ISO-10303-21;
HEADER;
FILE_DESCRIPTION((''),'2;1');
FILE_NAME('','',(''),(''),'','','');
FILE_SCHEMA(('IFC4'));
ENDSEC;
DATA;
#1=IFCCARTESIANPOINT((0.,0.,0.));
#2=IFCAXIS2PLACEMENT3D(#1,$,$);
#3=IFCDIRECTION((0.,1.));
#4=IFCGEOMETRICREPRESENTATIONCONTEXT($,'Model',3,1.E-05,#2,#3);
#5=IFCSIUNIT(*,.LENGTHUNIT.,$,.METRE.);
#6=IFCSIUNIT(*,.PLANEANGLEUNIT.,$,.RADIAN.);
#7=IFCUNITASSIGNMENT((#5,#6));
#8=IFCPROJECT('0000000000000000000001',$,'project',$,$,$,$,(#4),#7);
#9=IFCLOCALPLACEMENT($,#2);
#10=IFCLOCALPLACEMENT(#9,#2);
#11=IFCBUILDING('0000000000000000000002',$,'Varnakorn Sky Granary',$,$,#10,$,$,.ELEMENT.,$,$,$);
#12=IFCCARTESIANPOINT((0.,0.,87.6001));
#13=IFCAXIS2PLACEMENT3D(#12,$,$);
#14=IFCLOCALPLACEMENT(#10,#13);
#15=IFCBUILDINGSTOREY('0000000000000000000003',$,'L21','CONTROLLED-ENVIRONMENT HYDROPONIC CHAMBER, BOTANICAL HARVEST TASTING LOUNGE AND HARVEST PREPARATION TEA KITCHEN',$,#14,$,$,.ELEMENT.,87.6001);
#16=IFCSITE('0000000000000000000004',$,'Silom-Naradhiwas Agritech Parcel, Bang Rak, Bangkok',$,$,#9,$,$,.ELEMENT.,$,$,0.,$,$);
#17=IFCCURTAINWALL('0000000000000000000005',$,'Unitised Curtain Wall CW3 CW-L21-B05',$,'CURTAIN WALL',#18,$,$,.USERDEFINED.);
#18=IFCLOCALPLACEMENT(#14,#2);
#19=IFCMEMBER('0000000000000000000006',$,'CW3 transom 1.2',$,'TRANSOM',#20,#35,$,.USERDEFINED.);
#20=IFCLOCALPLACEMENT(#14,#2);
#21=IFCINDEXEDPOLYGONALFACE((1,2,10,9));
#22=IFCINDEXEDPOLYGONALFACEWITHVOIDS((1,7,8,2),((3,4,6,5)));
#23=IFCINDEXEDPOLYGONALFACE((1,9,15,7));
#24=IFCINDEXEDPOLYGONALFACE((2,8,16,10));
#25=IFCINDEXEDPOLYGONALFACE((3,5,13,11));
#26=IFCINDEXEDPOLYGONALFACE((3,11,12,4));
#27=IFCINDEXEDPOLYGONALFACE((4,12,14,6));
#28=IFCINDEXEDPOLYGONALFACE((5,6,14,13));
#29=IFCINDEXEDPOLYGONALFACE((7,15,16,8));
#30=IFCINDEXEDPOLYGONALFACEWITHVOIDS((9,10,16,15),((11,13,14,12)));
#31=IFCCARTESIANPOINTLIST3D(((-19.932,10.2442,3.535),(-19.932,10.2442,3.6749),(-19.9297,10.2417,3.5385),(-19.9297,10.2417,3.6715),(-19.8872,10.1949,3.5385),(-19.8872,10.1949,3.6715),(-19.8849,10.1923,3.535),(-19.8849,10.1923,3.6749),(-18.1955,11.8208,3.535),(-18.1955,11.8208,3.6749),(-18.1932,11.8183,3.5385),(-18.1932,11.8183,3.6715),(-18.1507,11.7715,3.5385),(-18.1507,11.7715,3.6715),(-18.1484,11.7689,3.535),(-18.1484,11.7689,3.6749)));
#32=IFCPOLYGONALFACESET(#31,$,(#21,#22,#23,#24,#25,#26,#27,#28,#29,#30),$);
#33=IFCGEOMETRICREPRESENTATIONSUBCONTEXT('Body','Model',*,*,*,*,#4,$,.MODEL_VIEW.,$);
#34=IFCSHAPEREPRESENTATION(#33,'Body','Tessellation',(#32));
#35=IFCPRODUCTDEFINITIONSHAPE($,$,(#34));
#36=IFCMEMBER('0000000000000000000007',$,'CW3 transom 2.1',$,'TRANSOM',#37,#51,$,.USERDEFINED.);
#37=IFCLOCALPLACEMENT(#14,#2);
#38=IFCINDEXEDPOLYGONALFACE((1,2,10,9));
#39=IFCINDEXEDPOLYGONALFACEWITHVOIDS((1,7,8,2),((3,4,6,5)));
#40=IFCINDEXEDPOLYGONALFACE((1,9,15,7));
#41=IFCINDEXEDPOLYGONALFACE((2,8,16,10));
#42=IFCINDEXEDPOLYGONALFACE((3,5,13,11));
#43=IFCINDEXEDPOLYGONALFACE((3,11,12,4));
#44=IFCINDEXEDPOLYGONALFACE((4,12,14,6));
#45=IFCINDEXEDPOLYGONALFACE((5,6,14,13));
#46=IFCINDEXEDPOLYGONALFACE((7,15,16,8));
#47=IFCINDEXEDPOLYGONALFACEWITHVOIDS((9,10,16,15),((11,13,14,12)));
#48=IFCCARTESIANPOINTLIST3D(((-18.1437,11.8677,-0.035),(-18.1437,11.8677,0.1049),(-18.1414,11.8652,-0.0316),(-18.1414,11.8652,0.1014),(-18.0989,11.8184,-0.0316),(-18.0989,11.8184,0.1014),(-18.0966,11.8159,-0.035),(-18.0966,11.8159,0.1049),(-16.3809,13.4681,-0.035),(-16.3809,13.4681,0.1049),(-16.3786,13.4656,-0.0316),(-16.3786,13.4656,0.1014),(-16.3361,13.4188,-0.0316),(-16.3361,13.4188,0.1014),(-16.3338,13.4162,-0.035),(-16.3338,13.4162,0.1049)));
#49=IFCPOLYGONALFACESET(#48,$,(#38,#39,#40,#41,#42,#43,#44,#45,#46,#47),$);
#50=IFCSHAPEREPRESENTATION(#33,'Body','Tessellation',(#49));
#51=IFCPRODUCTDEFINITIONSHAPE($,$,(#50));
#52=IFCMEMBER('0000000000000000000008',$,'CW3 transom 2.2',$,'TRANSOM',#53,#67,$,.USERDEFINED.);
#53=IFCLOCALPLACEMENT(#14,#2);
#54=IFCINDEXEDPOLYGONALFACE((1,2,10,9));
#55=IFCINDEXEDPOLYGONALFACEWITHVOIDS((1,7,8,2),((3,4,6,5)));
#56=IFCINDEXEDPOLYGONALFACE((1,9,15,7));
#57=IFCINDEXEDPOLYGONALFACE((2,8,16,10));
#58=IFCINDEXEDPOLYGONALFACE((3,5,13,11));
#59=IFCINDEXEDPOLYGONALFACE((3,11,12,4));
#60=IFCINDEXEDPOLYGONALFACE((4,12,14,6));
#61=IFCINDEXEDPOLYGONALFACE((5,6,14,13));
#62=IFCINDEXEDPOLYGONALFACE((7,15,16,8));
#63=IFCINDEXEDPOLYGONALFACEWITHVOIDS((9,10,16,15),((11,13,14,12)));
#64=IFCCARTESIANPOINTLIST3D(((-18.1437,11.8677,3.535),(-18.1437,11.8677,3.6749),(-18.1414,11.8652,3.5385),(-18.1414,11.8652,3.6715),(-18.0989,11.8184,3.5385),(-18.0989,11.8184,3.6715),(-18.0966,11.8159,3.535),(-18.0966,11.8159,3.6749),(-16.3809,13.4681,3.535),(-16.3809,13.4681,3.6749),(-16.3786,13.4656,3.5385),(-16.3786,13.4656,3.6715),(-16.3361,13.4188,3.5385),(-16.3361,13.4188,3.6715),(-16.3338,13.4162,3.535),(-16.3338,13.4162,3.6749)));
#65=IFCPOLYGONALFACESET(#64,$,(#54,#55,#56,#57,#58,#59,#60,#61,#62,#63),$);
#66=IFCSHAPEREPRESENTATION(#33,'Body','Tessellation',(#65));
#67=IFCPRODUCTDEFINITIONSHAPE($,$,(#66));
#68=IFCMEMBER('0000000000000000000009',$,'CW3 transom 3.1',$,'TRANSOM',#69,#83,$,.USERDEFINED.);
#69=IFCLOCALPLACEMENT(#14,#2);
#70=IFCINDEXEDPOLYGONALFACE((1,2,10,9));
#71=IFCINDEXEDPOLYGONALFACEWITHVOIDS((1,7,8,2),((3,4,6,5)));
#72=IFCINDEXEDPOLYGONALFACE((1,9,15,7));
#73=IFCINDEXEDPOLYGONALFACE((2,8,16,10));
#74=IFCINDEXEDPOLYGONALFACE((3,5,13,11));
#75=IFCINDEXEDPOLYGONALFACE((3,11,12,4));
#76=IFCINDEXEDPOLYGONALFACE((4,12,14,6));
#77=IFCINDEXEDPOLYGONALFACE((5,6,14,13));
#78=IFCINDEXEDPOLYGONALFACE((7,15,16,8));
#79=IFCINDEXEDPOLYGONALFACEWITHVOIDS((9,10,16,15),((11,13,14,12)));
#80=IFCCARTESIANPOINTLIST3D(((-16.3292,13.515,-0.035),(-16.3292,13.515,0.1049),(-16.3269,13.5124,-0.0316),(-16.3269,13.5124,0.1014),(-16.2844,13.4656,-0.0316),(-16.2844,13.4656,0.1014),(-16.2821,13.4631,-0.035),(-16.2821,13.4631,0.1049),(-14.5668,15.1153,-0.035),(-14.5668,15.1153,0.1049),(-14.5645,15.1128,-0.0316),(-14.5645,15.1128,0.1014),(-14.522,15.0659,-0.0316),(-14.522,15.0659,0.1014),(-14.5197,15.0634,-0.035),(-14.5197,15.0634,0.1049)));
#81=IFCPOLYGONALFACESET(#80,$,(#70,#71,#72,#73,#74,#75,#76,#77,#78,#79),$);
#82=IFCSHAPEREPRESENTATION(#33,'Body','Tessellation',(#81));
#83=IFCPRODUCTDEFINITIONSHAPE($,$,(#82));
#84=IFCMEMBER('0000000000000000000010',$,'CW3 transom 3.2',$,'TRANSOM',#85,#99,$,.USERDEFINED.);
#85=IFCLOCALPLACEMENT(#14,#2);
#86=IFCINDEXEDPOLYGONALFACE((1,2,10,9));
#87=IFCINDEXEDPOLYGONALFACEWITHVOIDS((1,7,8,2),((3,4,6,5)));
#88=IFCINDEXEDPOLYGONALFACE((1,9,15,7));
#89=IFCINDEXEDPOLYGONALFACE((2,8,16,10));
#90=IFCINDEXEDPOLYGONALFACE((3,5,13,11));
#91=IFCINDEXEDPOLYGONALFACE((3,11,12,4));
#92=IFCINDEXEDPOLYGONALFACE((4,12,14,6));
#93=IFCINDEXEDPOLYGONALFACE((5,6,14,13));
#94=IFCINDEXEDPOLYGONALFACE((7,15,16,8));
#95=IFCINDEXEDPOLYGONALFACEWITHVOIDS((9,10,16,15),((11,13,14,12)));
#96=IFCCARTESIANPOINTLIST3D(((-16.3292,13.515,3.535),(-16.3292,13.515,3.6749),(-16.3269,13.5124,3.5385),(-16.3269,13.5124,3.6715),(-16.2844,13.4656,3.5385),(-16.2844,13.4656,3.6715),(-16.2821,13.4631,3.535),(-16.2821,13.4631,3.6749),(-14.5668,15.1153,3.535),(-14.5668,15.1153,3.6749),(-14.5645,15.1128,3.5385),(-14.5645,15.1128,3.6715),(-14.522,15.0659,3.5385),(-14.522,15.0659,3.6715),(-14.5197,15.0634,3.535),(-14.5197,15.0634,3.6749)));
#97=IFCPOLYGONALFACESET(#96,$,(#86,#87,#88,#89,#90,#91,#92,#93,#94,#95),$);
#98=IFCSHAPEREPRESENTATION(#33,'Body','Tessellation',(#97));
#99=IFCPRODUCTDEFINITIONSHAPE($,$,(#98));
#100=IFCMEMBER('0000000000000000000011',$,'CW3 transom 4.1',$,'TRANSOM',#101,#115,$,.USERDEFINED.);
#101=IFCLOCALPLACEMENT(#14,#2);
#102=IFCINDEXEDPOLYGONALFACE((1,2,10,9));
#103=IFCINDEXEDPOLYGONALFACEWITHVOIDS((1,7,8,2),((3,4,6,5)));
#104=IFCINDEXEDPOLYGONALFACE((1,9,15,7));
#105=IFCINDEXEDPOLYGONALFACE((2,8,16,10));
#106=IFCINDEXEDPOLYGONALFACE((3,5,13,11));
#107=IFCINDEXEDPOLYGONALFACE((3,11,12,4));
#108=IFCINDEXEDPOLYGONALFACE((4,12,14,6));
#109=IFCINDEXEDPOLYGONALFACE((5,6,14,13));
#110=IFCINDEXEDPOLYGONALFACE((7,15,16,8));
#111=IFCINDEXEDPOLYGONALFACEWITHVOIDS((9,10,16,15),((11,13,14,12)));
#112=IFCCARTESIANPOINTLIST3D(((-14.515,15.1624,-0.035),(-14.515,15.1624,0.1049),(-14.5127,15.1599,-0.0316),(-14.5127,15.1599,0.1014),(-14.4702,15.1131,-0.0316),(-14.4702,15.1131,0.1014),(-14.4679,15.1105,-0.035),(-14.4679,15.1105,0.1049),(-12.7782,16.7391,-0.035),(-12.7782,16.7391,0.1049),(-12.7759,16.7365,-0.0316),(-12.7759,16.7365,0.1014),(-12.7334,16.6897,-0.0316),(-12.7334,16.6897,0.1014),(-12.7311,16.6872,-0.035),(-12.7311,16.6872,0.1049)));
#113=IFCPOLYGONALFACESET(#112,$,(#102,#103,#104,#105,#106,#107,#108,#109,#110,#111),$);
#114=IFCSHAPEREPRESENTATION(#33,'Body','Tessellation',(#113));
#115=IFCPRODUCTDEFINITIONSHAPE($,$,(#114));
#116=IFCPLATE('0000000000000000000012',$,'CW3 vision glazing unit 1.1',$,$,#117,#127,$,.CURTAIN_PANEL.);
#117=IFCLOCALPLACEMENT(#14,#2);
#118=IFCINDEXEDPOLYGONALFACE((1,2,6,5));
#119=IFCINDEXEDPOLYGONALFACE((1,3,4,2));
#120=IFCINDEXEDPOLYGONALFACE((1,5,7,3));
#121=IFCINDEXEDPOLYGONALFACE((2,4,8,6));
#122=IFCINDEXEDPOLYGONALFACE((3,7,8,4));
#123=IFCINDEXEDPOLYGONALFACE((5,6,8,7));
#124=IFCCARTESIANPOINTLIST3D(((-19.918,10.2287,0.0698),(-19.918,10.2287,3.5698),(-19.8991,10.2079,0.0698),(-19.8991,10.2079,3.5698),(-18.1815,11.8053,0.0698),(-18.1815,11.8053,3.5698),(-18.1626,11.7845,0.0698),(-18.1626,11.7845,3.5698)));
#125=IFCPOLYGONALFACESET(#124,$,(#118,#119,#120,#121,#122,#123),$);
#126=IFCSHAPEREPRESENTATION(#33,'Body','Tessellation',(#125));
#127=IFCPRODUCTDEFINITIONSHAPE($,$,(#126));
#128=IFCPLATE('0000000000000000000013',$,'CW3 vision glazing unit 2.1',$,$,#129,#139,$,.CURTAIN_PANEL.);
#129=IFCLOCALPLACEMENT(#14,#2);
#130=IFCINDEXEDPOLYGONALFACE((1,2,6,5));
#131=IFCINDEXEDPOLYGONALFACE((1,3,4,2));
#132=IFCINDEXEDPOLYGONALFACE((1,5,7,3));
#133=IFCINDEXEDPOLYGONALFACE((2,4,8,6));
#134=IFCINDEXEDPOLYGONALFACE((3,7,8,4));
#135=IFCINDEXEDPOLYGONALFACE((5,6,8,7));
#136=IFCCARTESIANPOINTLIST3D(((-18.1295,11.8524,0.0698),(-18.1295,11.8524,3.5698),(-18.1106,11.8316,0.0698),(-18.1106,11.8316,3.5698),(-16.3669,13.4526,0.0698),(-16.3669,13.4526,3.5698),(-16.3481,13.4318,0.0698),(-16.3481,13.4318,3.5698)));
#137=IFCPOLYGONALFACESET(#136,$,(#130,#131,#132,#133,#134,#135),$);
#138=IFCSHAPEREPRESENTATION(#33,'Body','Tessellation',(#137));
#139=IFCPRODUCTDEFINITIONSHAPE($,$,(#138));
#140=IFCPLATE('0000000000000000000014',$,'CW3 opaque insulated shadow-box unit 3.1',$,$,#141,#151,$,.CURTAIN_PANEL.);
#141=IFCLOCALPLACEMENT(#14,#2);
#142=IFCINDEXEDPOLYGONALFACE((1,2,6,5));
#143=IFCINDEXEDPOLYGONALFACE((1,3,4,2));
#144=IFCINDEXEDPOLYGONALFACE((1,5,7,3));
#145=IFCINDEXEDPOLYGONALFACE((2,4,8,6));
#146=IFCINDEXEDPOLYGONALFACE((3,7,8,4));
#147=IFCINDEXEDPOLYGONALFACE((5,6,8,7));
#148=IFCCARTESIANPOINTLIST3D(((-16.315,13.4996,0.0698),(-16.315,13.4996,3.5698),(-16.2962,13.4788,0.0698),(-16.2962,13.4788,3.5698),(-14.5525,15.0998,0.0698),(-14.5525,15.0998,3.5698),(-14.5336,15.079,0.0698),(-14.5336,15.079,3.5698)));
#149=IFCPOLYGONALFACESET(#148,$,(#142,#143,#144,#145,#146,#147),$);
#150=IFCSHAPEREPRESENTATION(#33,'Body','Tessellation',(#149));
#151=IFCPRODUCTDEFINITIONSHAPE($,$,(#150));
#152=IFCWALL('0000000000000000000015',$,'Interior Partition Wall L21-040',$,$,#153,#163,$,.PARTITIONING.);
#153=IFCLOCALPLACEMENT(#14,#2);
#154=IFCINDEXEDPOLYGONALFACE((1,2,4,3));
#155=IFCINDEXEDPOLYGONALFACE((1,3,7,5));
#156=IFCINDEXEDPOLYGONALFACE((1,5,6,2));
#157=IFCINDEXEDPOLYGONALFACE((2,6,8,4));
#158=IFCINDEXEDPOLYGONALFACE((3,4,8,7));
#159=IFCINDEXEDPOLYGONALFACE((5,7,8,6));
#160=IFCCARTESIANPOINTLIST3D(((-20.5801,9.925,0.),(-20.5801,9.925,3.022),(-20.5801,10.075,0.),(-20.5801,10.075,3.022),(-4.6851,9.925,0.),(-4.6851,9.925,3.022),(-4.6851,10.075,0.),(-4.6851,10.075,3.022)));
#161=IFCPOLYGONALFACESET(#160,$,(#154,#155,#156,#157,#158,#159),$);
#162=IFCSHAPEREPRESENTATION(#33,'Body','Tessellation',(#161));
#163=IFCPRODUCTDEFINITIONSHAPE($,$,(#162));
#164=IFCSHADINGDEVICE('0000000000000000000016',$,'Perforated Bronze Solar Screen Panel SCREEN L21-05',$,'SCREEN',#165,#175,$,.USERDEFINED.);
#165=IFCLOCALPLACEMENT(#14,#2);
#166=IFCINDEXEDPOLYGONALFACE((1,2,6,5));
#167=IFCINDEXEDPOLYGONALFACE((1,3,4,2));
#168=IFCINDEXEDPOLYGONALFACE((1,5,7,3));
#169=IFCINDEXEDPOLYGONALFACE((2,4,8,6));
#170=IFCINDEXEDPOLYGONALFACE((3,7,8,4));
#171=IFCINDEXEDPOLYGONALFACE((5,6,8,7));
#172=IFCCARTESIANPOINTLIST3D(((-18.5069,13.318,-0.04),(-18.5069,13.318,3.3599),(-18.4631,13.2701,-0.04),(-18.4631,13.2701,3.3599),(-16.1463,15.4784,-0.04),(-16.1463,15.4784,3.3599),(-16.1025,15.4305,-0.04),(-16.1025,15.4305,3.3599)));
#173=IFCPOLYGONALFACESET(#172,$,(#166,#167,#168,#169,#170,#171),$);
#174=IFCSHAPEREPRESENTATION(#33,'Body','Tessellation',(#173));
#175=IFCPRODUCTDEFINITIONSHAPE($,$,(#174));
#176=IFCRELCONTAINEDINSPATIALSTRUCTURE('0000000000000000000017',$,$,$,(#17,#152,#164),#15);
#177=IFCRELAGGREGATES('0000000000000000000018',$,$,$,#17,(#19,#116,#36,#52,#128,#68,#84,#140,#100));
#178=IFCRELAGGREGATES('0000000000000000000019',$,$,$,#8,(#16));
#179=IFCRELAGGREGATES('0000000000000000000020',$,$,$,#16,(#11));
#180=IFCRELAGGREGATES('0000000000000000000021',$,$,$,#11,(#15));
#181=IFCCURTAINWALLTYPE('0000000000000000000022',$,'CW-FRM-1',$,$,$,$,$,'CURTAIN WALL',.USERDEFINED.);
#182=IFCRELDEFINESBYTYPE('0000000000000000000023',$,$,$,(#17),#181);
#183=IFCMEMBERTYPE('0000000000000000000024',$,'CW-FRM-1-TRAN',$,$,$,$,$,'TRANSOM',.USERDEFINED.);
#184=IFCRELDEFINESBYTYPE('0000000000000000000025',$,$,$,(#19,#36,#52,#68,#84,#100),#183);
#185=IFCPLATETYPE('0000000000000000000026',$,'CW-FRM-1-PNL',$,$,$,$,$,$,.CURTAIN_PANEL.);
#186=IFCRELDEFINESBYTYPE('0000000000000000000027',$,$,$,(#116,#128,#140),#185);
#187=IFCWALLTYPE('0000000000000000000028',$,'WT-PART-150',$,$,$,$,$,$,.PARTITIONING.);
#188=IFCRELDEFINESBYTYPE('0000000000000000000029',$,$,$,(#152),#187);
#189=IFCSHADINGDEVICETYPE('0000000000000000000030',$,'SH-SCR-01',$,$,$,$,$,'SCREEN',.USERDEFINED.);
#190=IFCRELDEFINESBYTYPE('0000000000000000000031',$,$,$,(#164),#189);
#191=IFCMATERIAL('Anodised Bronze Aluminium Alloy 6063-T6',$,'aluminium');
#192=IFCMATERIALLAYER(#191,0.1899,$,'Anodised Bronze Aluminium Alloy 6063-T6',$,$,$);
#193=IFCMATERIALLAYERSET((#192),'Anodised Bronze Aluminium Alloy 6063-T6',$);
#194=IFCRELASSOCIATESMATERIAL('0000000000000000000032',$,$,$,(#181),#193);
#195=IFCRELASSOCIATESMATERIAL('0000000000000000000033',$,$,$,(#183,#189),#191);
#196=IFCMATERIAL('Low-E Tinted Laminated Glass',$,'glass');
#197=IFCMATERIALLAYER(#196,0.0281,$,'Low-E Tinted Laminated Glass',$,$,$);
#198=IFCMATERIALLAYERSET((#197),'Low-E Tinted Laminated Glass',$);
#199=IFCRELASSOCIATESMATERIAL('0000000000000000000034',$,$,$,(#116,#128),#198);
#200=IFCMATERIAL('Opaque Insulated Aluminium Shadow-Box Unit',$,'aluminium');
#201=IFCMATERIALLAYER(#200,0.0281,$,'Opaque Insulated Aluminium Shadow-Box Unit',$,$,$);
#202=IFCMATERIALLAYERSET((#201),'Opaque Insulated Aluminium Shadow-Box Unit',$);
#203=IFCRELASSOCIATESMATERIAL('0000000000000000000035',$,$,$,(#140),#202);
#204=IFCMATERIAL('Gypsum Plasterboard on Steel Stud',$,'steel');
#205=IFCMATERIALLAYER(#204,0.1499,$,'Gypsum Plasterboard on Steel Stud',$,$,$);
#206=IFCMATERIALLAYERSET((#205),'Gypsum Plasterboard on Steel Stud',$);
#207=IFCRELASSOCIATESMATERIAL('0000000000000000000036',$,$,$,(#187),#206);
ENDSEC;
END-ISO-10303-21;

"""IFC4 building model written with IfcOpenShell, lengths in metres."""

from ifc_helpers import new_model, si_unit, direction, frame, frame_2d, origin, origin_2d, place, context, subcontext, project, spatial, rectangle, hollow_rectangle, extrude, source, transform, mapped, material, layer, layer_set, material_profile, profile_set, type_object, type_shapes, element, aggregate, save


model = new_model("IFC4")

# Units and contexts
model_context = context("Model", 3, precision=1e-05, world=origin(), true_north=direction((0.0, 1.0)))
body_context = subcontext(model_context, "Body", "Model", "MODEL_VIEW")
ifc_project = project(units=[si_unit("LENGTHUNIT", "METRE"), si_unit("PLANEANGLEUNIT", "RADIAN")], contexts=[model_context])

# Site, building, storey
site_placement = place(None, origin())
site = spatial("IfcSite", under=ifc_project, at=site_placement, Name="Silom-Naradhiwas Agritech Parcel, Bang Rak, Bangkok", CompositionType="ELEMENT", RefElevation=0.0)
building_placement = place(site_placement, origin())
building = spatial("IfcBuilding", under=site, at=building_placement, Name="Varnakorn Sky Granary", CompositionType="ELEMENT")
storey_placement = place(building_placement, frame((0.0, 0.0, 87.6001)))
storey = spatial("IfcBuildingStorey", under=building, at=storey_placement, Name="L21", Description="CONTROLLED-ENVIRONMENT HYDROPONIC CHAMBER, BOTANICAL HARVEST TASTING LOUNGE AND HARVEST PREPARATION TEA KITCHEN", CompositionType="ELEMENT", Elevation=87.6001)

# Curtain wall, members, plates
ifc_material_1 = material(Name="Anodised Bronze Aluminium Alloy 6063-T6", Category="aluminium")
ifc_layer_1 = layer(ifc_material_1, 0.1899, Name="Anodised Bronze Aluminium Alloy 6063-T6")
ifc_layer_set_1 = layer_set([ifc_layer_1], Name="Anodised Bronze Aluminium Alloy 6063-T6")
curtain_wall_type = type_object("IfcCurtainWallType", Name="CW-FRM-1", ElementType="CURTAIN WALL", PredefinedType="USERDEFINED", material=ifc_layer_set_1)
curtain_wall_placement = place(storey_placement, origin())
curtain_wall = element("IfcCurtainWall", 1, at=curtain_wall_placement, inside=storey, type_object=curtain_wall_type, Name="Unitised Curtain Wall CW3 CW-L21-B05", ObjectType="CURTAIN WALL", PredefinedType="USERDEFINED")
ifc_material_profile_1 = material_profile(ifc_material_1, hollow_rectangle(XDim=0.0701, YDim=0.1399, WallThickness=0.0034, at=origin_2d()), Name="ALU TRAN 70x140")
ifc_profile_set_1 = profile_set([ifc_material_profile_1], Name="Anodised Bronze Aluminium Alloy 6063-T6")
member_type_1 = type_object("IfcMemberType", Name="CW-FRM-1-TRAN", ElementType="TRANSOM", PredefinedType="USERDEFINED", material=ifc_profile_set_1)
member_1_placement = place(storey_placement, frame((-19.9084, 10.2183, 3.605), z_axis=(0.740373, 0.672196, 0.0), x_axis=(-0.672196, 0.740373, 0.0)))
member_1 = element("IfcMember", 2, at=member_1_placement, type_object=member_type_1, Name="CW3 transom 1.2", ObjectType="TRANSOM", PredefinedType="USERDEFINED", context=body_context, shape_type="SweptSolid", body=[
    extrude(hollow_rectangle(XDim=0.0701, YDim=0.1399, WallThickness=0.0034, at=origin_2d()), origin(), (0.0, 0.0, 1.0), 2.3455),
])
member_2_placement = place(storey_placement, frame((-18.1201, 11.8418, 0.0349), z_axis=(0.740381, 0.672188, 0.0), x_axis=(-0.672188, 0.740381, 0.0)))
member_2 = element("IfcMember", 3, at=member_2_placement, type_object=member_type_1, Name="CW3 transom 2.1", ObjectType="TRANSOM", PredefinedType="USERDEFINED", context=body_context, shape_type="SweptSolid", body=[
    extrude(hollow_rectangle(XDim=0.0701, YDim=0.1399, WallThickness=0.0034, at=origin_2d()), origin(), (0.0, 0.0, 1.0), 2.3809),
])
member_3_placement = place(storey_placement, frame((-18.1201, 11.8418, 3.605), z_axis=(0.740381, 0.672188, 0.0), x_axis=(-0.672188, 0.740381, 0.0)))
member_3 = element("IfcMember", 4, at=member_3_placement, type_object=member_type_1, Name="CW3 transom 2.2", ObjectType="TRANSOM", PredefinedType="USERDEFINED", context=body_context, shape_type="SweptSolid", body=[
    extrude(hollow_rectangle(XDim=0.0701, YDim=0.1399, WallThickness=0.0034, at=origin_2d()), origin(), (0.0, 0.0, 1.0), 2.3809),
])
member_4_placement = place(storey_placement, frame((-16.3057, 13.489, 0.0349), z_axis=(0.740334, 0.672239, 0.0), x_axis=(-0.672239, 0.740334, 0.0)))
member_4 = element("IfcMember", 5, at=member_4_placement, type_object=member_type_1, Name="CW3 transom 3.1", ObjectType="TRANSOM", PredefinedType="USERDEFINED", context=body_context, shape_type="SweptSolid", body=[
    extrude(hollow_rectangle(XDim=0.0701, YDim=0.1399, WallThickness=0.0034, at=origin_2d()), origin(), (0.0, 0.0, 1.0), 2.3806),
])
member_5_placement = place(storey_placement, frame((-16.3057, 13.489, 3.605), z_axis=(0.740334, 0.672239, 0.0), x_axis=(-0.672239, 0.740334, 0.0)))
member_5 = element("IfcMember", 6, at=member_5_placement, type_object=member_type_1, Name="CW3 transom 3.2", ObjectType="TRANSOM", PredefinedType="USERDEFINED", context=body_context, shape_type="SweptSolid", body=[
    extrude(hollow_rectangle(XDim=0.0701, YDim=0.1399, WallThickness=0.0034, at=origin_2d()), origin(), (0.0, 0.0, 1.0), 2.3806),
])
member_6_placement = place(storey_placement, frame((-14.4915, 15.1365, 0.0349), z_axis=(0.74042, 0.672144, 0.0), x_axis=(-0.672144, 0.74042, 0.0)))
member_6 = element("IfcMember", 7, at=member_6_placement, type_object=member_type_1, Name="CW3 transom 4.1", ObjectType="TRANSOM", PredefinedType="USERDEFINED", context=body_context, shape_type="SweptSolid", body=[
    extrude(hollow_rectangle(XDim=0.0701, YDim=0.1399, WallThickness=0.0034, at=origin_2d()), origin(), (0.0, 0.0, 1.0), 2.3457),
])
ifc_material_2 = material(Name="Low-E Tinted Laminated Glass", Category="glass")
ifc_layer_2 = layer(ifc_material_2, 0.0281, Name="Low-E Tinted Laminated Glass")
ifc_layer_set_2 = layer_set([ifc_layer_2], Name="Low-E Tinted Laminated Glass")
plate_type = type_object("IfcPlateType", Name="CW-FRM-1-PNL", PredefinedType="CURTAIN_PANEL")
shared_shape_1 = source(origin(), body_context, "Body", "SweptSolid", [
    extrude(rectangle(XDim=2.3455, YDim=0.0281, at=origin_2d()), origin(), (0.0, 0.0, 1.0), 3.5),
])
plate_1_placement = place(storey_placement, frame((-19.0403, 11.0066, 0.0698), z_axis=(0.0, 0.0, 1.0), x_axis=(0.740378, 0.67219, 0.0)))
plate_1 = element("IfcPlate", 8, at=plate_1_placement, type_object=plate_type, material=ifc_layer_set_2, Name="CW3 vision glazing unit 1.1", PredefinedType="CURTAIN_PANEL", context=body_context, shape_type="MappedRepresentation", body=[
    mapped(shared_shape_1, transform((0.0, 0.0, 0.0), x_axis=(1.0, 0.0, 0.0), y_axis=(0.0, 1.0, 0.0), z_axis=(0.0, 0.0, 1.0), scale=1.0)),
])
shared_shape_2 = source(origin(), body_context, "Body", "SweptSolid", [
    extrude(rectangle(XDim=2.3806, YDim=0.0281, at=origin_2d()), origin(), (0.0, 0.0, 1.0), 3.5),
])
type_shapes(plate_type, [shared_shape_1, shared_shape_2])
plate_2_placement = place(storey_placement, frame((-17.2388, 12.6421, 0.0698), z_axis=(0.0, 0.0, 1.0), x_axis=(0.740378, 0.67219, 0.0)))
plate_2 = element("IfcPlate", 9, at=plate_2_placement, type_object=plate_type, material=ifc_layer_set_2, Name="CW3 vision glazing unit 2.1", PredefinedType="CURTAIN_PANEL", context=body_context, shape_type="MappedRepresentation", body=[
    mapped(shared_shape_2, transform((0.0, 0.0, 0.0), x_axis=(1.0, 0.0, 0.0), y_axis=(0.0, 1.0, 0.0), z_axis=(0.0, 0.0, 1.0), scale=1.0)),
])
ifc_material_3 = material(Name="Opaque Insulated Aluminium Shadow-Box Unit", Category="aluminium")
ifc_layer_3 = layer(ifc_material_3, 0.0281, Name="Opaque Insulated Aluminium Shadow-Box Unit")
ifc_layer_set_3 = layer_set([ifc_layer_3], Name="Opaque Insulated Aluminium Shadow-Box Unit")
plate_3_placement = place(storey_placement, frame((-15.4243, 14.2893, 0.0698), z_axis=(0.0, 0.0, 1.0), x_axis=(0.740378, 0.67219, 0.0)))
plate_3 = element("IfcPlate", 10, at=plate_3_placement, type_object=plate_type, material=ifc_layer_set_3, Name="CW3 opaque insulated shadow-box unit 3.1", PredefinedType="CURTAIN_PANEL", context=body_context, shape_type="MappedRepresentation", body=[
    mapped(shared_shape_2, transform((0.0, 0.0, 0.0), x_axis=(1.0, 0.0, 0.0), y_axis=(0.0, 1.0, 0.0), z_axis=(0.0, 0.0, 1.0), scale=1.0)),
])
aggregate(curtain_wall, [member_1, plate_1, member_2, member_3, plate_2, member_4, member_5, plate_3, member_6])

# Wall
ifc_material_4 = material(Name="Gypsum Plasterboard on Steel Stud", Category="steel")
ifc_layer_4 = layer(ifc_material_4, 0.1499, Name="Gypsum Plasterboard on Steel Stud")
ifc_layer_set_4 = layer_set([ifc_layer_4], Name="Gypsum Plasterboard on Steel Stud")
wall_type = type_object("IfcWallType", Name="WT-PART-150", PredefinedType="PARTITIONING", material=ifc_layer_set_4)
wall_placement = place(storey_placement, frame((-20.5801, 10.0, 0.0), z_axis=(0.0, 0.0, 1.0), x_axis=(1.0, 0.0, 0.0)))
element("IfcWall", 11, at=wall_placement, inside=storey, type_object=wall_type, Name="Interior Partition Wall L21-040", PredefinedType="PARTITIONING", context=body_context, shape_type="SweptSolid", body=[
    extrude(rectangle(XDim=15.895, YDim=0.1499, at=frame_2d((7.9475, 0.0))), origin(), (0.0, 0.0, 1.0), 3.022),
])

# Shading device
shading_device_type = type_object("IfcShadingDeviceType", Name="SH-SCR-01", ElementType="SCREEN", PredefinedType="USERDEFINED", material=ifc_material_1)
shared_shape_3 = source(origin(), body_context, "Body", "SweptSolid", [
    extrude(rectangle(XDim=3.2, YDim=0.0649, at=origin_2d()), origin(), (0.0, 0.0, 1.0), 3.3999),
])
type_shapes(shading_device_type, [shared_shape_3])
shading_device_placement = place(storey_placement, frame((-17.3047, 14.3743, -0.04), z_axis=(0.0, 0.0, 1.0), x_axis=(-0.737707, -0.675121, 0.0)))
element("IfcShadingDevice", 12, at=shading_device_placement, inside=storey, type_object=shading_device_type, Name="Perforated Bronze Solar Screen Panel SCREEN L21-05", ObjectType="SCREEN", PredefinedType="USERDEFINED", context=body_context, shape_type="MappedRepresentation", body=[
    mapped(shared_shape_3, transform((0.0, 0.0, 0.0), x_axis=(1.0, 0.0, 0.0), y_axis=(0.0, 1.0, 0.0), z_axis=(0.0, 0.0, 1.0), scale=1.0)),
])

save(model, "model.ifc")
